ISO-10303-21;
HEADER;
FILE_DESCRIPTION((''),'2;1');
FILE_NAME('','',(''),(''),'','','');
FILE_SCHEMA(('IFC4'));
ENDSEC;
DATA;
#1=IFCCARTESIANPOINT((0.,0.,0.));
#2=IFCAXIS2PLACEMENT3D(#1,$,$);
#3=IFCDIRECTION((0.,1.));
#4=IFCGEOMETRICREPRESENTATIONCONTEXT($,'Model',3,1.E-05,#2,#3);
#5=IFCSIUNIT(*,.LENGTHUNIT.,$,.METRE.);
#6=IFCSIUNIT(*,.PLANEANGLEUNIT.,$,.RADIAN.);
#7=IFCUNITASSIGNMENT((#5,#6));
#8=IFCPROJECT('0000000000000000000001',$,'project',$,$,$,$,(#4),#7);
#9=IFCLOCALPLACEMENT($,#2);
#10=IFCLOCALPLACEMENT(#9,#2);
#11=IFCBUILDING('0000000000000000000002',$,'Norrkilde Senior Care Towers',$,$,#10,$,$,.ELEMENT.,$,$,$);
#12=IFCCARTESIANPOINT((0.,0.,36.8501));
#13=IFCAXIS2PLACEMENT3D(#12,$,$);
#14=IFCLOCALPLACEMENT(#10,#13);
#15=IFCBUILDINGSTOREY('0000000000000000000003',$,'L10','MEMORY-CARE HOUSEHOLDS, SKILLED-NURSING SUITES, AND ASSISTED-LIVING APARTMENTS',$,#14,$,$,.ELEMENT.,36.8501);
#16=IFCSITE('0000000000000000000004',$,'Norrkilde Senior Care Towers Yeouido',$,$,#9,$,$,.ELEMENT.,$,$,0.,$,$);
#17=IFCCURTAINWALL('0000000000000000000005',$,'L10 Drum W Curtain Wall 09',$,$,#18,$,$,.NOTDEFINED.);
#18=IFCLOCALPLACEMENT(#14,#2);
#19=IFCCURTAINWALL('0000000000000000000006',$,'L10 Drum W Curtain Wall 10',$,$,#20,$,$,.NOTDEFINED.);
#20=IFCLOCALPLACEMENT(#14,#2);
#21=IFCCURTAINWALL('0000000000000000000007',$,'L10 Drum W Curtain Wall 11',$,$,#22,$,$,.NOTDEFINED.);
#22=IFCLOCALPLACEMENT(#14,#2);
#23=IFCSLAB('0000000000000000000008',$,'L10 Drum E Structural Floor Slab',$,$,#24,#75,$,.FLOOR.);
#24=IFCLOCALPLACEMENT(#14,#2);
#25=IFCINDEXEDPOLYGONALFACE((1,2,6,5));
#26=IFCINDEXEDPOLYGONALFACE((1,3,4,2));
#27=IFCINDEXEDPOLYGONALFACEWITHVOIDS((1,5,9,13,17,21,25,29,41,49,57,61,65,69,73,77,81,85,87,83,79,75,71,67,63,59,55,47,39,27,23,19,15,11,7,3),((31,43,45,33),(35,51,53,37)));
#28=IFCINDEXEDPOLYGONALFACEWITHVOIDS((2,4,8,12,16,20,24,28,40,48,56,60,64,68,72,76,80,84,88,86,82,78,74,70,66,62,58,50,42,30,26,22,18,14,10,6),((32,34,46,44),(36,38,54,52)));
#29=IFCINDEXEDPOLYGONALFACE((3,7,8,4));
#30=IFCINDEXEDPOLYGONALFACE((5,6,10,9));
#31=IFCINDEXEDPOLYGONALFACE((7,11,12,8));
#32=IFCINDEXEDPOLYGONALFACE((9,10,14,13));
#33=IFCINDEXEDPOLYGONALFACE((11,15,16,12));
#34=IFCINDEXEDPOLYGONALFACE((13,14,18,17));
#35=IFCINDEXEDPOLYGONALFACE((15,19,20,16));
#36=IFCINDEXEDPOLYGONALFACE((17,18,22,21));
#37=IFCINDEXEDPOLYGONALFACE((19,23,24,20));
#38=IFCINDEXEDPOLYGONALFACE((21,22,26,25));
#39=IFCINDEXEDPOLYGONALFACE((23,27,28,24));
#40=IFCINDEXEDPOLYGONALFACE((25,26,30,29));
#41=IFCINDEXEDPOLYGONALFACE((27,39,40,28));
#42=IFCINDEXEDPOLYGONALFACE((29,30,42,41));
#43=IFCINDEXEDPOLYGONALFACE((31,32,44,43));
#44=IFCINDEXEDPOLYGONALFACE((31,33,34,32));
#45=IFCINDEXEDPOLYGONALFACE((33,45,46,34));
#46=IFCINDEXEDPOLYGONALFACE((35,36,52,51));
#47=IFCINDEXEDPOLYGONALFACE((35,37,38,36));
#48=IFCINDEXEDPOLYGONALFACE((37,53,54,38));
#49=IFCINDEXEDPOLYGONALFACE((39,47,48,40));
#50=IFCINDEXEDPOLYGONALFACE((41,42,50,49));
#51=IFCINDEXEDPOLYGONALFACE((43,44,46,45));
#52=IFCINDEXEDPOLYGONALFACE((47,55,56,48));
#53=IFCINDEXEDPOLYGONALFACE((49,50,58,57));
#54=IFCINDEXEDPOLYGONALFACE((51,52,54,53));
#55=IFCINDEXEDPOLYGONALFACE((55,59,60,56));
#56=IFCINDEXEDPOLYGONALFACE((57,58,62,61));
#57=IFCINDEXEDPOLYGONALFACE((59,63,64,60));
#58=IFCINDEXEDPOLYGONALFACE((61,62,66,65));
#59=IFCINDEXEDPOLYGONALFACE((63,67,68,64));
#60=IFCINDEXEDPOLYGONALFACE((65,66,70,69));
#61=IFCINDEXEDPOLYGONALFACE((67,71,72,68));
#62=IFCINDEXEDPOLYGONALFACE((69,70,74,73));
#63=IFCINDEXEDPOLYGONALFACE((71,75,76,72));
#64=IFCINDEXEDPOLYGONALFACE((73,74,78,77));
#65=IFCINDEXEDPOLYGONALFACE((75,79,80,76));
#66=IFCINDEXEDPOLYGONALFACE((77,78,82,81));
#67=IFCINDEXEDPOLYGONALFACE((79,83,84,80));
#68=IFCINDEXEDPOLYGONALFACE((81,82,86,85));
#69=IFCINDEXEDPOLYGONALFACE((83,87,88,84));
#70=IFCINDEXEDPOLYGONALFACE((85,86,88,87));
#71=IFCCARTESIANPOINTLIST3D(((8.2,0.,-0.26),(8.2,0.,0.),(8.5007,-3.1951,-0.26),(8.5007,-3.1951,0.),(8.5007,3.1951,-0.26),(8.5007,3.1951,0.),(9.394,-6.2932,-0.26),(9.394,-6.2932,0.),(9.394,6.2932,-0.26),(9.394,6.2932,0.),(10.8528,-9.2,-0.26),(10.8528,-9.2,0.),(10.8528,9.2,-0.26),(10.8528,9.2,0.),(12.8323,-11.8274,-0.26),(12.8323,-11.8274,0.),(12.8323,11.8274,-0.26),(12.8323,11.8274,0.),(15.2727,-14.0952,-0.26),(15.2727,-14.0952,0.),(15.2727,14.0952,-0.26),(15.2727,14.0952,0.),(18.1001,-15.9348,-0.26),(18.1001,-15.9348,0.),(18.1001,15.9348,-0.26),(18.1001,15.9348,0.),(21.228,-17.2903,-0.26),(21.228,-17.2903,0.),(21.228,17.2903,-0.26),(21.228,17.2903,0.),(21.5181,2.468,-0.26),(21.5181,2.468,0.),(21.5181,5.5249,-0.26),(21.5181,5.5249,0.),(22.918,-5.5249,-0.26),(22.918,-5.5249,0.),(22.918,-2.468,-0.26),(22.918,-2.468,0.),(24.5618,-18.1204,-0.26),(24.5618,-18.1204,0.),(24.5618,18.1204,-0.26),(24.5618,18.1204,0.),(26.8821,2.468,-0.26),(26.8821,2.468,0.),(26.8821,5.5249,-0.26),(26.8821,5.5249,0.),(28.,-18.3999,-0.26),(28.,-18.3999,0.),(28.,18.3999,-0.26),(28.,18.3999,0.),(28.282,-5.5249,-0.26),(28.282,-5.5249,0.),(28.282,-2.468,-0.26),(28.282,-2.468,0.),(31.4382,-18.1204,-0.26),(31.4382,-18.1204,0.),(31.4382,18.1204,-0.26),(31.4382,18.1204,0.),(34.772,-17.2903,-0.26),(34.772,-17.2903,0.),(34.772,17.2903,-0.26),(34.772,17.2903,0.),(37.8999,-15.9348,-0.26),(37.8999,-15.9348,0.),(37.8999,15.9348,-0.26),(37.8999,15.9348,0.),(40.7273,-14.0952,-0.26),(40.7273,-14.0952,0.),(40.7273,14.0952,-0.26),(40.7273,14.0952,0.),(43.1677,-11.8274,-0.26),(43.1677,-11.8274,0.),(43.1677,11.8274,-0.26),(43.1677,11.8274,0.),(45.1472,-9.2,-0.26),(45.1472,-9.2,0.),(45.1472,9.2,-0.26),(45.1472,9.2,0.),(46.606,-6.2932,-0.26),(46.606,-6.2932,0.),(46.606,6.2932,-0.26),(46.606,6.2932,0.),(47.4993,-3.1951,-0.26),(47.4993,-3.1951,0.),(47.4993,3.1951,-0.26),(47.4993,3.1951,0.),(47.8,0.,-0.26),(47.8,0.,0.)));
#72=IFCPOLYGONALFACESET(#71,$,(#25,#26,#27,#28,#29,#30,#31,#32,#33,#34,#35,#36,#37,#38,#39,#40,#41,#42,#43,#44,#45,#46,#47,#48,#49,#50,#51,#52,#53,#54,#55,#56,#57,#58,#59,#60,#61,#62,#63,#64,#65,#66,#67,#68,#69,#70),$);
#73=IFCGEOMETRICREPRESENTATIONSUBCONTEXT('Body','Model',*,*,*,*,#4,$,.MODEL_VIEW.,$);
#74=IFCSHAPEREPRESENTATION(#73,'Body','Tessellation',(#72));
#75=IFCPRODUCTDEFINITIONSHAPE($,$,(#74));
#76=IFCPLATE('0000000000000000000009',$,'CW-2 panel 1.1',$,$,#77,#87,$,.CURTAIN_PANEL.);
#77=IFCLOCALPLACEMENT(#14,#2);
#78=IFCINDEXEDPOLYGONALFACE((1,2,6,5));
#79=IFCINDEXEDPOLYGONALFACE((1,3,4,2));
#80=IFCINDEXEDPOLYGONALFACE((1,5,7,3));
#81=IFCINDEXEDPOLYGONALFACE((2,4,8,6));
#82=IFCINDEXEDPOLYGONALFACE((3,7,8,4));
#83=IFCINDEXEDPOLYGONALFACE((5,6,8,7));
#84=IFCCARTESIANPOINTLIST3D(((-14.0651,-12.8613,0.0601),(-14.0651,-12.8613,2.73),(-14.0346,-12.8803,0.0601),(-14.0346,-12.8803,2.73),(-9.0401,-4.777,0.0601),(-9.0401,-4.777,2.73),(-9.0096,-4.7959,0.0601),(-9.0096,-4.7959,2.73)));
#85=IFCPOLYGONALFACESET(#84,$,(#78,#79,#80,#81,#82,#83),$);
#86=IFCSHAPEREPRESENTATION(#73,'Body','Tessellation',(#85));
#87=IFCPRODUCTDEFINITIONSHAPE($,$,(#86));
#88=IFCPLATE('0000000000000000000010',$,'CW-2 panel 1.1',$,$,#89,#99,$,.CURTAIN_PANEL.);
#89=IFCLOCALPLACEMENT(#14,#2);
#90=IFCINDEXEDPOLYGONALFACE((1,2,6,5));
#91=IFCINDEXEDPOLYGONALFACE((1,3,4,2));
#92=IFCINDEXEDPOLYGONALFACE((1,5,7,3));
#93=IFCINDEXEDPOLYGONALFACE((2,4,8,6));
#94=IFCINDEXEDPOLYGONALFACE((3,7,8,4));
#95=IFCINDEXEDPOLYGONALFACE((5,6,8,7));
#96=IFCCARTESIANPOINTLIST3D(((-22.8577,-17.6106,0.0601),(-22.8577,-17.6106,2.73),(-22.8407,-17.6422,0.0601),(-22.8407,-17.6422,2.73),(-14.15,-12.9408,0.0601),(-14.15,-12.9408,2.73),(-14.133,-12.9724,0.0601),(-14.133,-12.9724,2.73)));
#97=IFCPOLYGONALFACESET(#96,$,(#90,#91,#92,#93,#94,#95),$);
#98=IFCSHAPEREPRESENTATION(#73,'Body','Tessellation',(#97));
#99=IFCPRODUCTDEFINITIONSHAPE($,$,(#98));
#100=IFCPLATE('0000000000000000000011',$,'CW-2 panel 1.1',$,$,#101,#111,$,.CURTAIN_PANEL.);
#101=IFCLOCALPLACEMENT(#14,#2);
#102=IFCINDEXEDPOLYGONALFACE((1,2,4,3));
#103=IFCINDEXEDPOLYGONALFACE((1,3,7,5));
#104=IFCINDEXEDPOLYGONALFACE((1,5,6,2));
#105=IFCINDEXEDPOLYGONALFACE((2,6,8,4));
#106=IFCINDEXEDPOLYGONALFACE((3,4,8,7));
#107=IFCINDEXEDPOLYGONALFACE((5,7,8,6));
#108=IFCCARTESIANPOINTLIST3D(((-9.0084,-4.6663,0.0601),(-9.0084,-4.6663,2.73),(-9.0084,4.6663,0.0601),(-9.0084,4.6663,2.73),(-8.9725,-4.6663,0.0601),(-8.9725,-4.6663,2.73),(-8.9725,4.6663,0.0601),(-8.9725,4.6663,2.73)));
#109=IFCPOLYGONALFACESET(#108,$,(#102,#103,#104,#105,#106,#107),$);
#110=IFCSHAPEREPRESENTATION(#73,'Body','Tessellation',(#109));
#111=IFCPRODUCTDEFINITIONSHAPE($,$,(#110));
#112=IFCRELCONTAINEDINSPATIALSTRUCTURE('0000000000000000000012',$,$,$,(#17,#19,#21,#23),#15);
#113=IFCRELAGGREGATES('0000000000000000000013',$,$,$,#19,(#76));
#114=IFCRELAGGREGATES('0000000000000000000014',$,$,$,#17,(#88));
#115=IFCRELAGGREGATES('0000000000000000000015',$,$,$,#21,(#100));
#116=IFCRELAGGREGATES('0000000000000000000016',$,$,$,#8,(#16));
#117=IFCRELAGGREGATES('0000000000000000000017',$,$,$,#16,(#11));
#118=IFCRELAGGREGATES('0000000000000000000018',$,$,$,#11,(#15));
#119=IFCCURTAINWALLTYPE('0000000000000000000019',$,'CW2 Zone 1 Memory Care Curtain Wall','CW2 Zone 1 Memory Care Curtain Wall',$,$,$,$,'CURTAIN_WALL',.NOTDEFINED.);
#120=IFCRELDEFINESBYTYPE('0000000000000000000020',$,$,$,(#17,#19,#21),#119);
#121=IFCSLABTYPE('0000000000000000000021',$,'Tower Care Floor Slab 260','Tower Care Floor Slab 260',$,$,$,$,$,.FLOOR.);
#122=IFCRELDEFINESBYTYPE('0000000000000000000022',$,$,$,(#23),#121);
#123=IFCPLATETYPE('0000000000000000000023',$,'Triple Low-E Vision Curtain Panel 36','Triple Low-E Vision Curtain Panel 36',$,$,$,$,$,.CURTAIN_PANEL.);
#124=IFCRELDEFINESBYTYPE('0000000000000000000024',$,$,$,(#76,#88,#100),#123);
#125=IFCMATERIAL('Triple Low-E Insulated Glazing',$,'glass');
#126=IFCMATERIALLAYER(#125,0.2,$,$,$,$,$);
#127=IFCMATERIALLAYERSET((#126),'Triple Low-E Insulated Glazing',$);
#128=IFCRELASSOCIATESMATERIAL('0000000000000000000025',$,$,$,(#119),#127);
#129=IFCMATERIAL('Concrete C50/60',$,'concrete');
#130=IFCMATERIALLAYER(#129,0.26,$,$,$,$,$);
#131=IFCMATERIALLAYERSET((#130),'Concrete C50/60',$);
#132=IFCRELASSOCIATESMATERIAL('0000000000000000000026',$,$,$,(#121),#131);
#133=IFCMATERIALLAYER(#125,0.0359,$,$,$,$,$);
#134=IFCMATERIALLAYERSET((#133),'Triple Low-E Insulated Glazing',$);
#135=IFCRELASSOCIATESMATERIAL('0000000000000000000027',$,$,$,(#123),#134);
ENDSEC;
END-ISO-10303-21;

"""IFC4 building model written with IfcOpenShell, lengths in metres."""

from ifc_helpers import new_model, si_unit, direction, frame, origin, origin_2d, place, context, subcontext, project, spatial, polyline, rectangle, outline, extrude, source, transform, mapped, material, layer, layer_set, type_object, type_shapes, element, aggregate, save


model = new_model("IFC4")

# Units and contexts
model_context = context("Model", 3, precision=1e-05, world=origin(), true_north=direction((0.0, 1.0)))
body_context = subcontext(model_context, "Body", "Model", "MODEL_VIEW")
ifc_project = project(units=[si_unit("LENGTHUNIT", "METRE"), si_unit("PLANEANGLEUNIT", "RADIAN")], contexts=[model_context])

# Site, building, storey
site_placement = place(None, origin())
site = spatial("IfcSite", under=ifc_project, at=site_placement, Name="Norrkilde Senior Care Towers Yeouido", CompositionType="ELEMENT", RefElevation=0.0)
building_placement = place(site_placement, origin())
building = spatial("IfcBuilding", under=site, at=building_placement, Name="Norrkilde Senior Care Towers", CompositionType="ELEMENT")
storey_placement = place(building_placement, frame((0.0, 0.0, 36.8501)))
storey = spatial("IfcBuildingStorey", under=building, at=storey_placement, Name="L10", Description="MEMORY-CARE HOUSEHOLDS, SKILLED-NURSING SUITES, AND ASSISTED-LIVING APARTMENTS", CompositionType="ELEMENT", Elevation=36.8501)

# Curtain wall
ifc_material_1 = material(Name="Triple Low-E Insulated Glazing", Category="glass")
ifc_layer_1 = layer(ifc_material_1, 0.2)
ifc_layer_set_1 = layer_set([ifc_layer_1], Name="Triple Low-E Insulated Glazing")
curtain_wall_type = type_object("IfcCurtainWallType", Name="CW2 Zone 1 Memory Care Curtain Wall", Description="CW2 Zone 1 Memory Care Curtain Wall", ElementType="CURTAIN_WALL", PredefinedType="NOTDEFINED", material=ifc_layer_set_1)
curtain_wall_1_placement = place(storey_placement, origin())
curtain_wall_1 = element("IfcCurtainWall", 1, at=curtain_wall_1_placement, inside=storey, type_object=curtain_wall_type, Name="L10 Drum W Curtain Wall 09", PredefinedType="NOTDEFINED")

# Curtain wall
curtain_wall_2_placement = place(storey_placement, origin())
curtain_wall_2 = element("IfcCurtainWall", 2, at=curtain_wall_2_placement, inside=storey, type_object=curtain_wall_type, Name="L10 Drum W Curtain Wall 10", PredefinedType="NOTDEFINED")

# Curtain wall
curtain_wall_3_placement = place(storey_placement, origin())
curtain_wall_3 = element("IfcCurtainWall", 3, at=curtain_wall_3_placement, inside=storey, type_object=curtain_wall_type, Name="L10 Drum W Curtain Wall 11", PredefinedType="NOTDEFINED")

# Shared definitions
ifc_material_2 = material(Name="Concrete C50/60", Category="concrete")

# Slab
ifc_layer_2 = layer(ifc_material_2, 0.26)
ifc_layer_set_2 = layer_set([ifc_layer_2], Name="Concrete C50/60")
slab_type_1 = type_object("IfcSlabType", Name="Tower Care Floor Slab 260", Description="Tower Care Floor Slab 260", PredefinedType="FLOOR", material=ifc_layer_set_2)
slab_1_placement = place(storey_placement, frame((0.0, 0.0, -0.26)))
element("IfcSlab", 4, at=slab_1_placement, inside=storey, type_object=slab_type_1, Name="L10 Drum E Structural Floor Slab", PredefinedType="FLOOR", context=body_context, shape_type="SweptSolid", body=[
    extrude(outline(polyline([(46.606, -6.2932), (45.1472, -9.2), (43.1677, -11.8274), (40.7273, -14.0952), (37.8999, -15.9348), (34.772, -17.2903), (31.4382, -18.1204), (28.0, -18.3999), (24.5618, -18.1204), (21.228, -17.2903), (18.1001, -15.9348), (15.2727, -14.0952), (12.8323, -11.8274), (10.8528, -9.2), (9.394, -6.2932), (8.5007, -3.1951), (8.2, 0.0), (8.5007, 3.1951), (9.394, 6.2932), (10.8528, 9.2), (12.8323, 11.8274), (15.2727, 14.0952), (18.1001, 15.9348), (21.228, 17.2903), (24.5618, 18.1204), (28.0, 18.3999), (31.4382, 18.1204), (34.772, 17.2903), (37.8999, 15.9348), (40.7273, 14.0952), (43.1677, 11.8274), (45.1472, 9.2), (46.606, 6.2932), (47.4993, 3.1951), (47.8, 0.0), (47.4993, -3.1951), (46.606, -6.2932)]), holes=[polyline([(21.5181, 2.468), (26.8821, 2.468), (26.8821, 5.5249), (21.5181, 5.5249), (21.5181, 2.468)]), polyline([(28.282, -5.5249), (28.282, -2.468), (22.918, -2.468), (22.918, -5.5249), (28.282, -5.5249)])]), origin(), (0.0, 0.0, 1.0), 0.26),
])

# Plates
ifc_layer_3 = layer(ifc_material_1, 0.0359)
ifc_layer_set_3 = layer_set([ifc_layer_3], Name="Triple Low-E Insulated Glazing")
plate_type = type_object("IfcPlateType", Name="Triple Low-E Vision Curtain Panel 36", Description="Triple Low-E Vision Curtain Panel 36", PredefinedType="CURTAIN_PANEL", material=ifc_layer_set_3)
shared_shape_1 = source(origin(), body_context, "Body", "SweptSolid", [
    extrude(rectangle(XDim=9.5188, YDim=0.0359, at=origin_2d()), origin(), (0.0, 0.0, 1.0), 2.6699),
])
plate_1_placement = place(storey_placement, frame((-11.5374, -8.8286, 0.0601), z_axis=(0.0, 0.0, 1.0), x_axis=(-0.527901, -0.849306, 0.0)))
plate_1 = element("IfcPlate", 5, at=plate_1_placement, type_object=plate_type, Name="CW-2 panel 1.1", PredefinedType="CURTAIN_PANEL", context=body_context, shape_type="MappedRepresentation", body=[
    mapped(shared_shape_1, transform((0.0, 0.0, 0.0), x_axis=(1.0, 0.0, 0.0), y_axis=(0.0, 1.0, 0.0), z_axis=(0.0, 0.0, 1.0), scale=1.0)),
])
aggregate(curtain_wall_2, [plate_1])
shared_shape_2 = source(origin(), body_context, "Body", "SweptSolid", [
    extrude(rectangle(XDim=9.8809, YDim=0.0359, at=origin_2d()), origin(), (0.0, 0.0, 1.0), 2.6699),
])
plate_2_placement = place(storey_placement, frame((-18.4954, -15.2915, 0.0601), z_axis=(0.0, 0.0, 1.0), x_axis=(-0.881273, -0.472608, 0.0)))
plate_2 = element("IfcPlate", 6, at=plate_2_placement, type_object=plate_type, Name="CW-2 panel 1.1", PredefinedType="CURTAIN_PANEL", context=body_context, shape_type="MappedRepresentation", body=[
    mapped(shared_shape_2, transform((0.0, 0.0, 0.0), x_axis=(1.0, 0.0, 0.0), y_axis=(0.0, 1.0, 0.0), z_axis=(0.0, 0.0, 1.0), scale=1.0)),
])
aggregate(curtain_wall_1, [plate_2])
shared_shape_3 = source(origin(), body_context, "Body", "SweptSolid", [
    extrude(rectangle(XDim=9.3325, YDim=0.0359, at=origin_2d()), origin(), (0.0, 0.0, 1.0), 2.6699),
])
type_shapes(plate_type, [shared_shape_1, shared_shape_2, shared_shape_3])
plate_3_placement = place(storey_placement, frame((-8.9905, 0.0, 0.0601), z_axis=(0.0, 0.0, 1.0), x_axis=(0.0, -1.0, 0.0)))
plate_3 = element("IfcPlate", 7, at=plate_3_placement, type_object=plate_type, Name="CW-2 panel 1.1", PredefinedType="CURTAIN_PANEL", context=body_context, shape_type="MappedRepresentation", body=[
    mapped(shared_shape_3, transform((0.0, 0.0, 0.0), x_axis=(1.0, 0.0, 0.0), y_axis=(0.0, 1.0, 0.0), z_axis=(0.0, 0.0, 1.0), scale=1.0)),
])
aggregate(curtain_wall_3, [plate_3])

save(model, "model.ifc")
